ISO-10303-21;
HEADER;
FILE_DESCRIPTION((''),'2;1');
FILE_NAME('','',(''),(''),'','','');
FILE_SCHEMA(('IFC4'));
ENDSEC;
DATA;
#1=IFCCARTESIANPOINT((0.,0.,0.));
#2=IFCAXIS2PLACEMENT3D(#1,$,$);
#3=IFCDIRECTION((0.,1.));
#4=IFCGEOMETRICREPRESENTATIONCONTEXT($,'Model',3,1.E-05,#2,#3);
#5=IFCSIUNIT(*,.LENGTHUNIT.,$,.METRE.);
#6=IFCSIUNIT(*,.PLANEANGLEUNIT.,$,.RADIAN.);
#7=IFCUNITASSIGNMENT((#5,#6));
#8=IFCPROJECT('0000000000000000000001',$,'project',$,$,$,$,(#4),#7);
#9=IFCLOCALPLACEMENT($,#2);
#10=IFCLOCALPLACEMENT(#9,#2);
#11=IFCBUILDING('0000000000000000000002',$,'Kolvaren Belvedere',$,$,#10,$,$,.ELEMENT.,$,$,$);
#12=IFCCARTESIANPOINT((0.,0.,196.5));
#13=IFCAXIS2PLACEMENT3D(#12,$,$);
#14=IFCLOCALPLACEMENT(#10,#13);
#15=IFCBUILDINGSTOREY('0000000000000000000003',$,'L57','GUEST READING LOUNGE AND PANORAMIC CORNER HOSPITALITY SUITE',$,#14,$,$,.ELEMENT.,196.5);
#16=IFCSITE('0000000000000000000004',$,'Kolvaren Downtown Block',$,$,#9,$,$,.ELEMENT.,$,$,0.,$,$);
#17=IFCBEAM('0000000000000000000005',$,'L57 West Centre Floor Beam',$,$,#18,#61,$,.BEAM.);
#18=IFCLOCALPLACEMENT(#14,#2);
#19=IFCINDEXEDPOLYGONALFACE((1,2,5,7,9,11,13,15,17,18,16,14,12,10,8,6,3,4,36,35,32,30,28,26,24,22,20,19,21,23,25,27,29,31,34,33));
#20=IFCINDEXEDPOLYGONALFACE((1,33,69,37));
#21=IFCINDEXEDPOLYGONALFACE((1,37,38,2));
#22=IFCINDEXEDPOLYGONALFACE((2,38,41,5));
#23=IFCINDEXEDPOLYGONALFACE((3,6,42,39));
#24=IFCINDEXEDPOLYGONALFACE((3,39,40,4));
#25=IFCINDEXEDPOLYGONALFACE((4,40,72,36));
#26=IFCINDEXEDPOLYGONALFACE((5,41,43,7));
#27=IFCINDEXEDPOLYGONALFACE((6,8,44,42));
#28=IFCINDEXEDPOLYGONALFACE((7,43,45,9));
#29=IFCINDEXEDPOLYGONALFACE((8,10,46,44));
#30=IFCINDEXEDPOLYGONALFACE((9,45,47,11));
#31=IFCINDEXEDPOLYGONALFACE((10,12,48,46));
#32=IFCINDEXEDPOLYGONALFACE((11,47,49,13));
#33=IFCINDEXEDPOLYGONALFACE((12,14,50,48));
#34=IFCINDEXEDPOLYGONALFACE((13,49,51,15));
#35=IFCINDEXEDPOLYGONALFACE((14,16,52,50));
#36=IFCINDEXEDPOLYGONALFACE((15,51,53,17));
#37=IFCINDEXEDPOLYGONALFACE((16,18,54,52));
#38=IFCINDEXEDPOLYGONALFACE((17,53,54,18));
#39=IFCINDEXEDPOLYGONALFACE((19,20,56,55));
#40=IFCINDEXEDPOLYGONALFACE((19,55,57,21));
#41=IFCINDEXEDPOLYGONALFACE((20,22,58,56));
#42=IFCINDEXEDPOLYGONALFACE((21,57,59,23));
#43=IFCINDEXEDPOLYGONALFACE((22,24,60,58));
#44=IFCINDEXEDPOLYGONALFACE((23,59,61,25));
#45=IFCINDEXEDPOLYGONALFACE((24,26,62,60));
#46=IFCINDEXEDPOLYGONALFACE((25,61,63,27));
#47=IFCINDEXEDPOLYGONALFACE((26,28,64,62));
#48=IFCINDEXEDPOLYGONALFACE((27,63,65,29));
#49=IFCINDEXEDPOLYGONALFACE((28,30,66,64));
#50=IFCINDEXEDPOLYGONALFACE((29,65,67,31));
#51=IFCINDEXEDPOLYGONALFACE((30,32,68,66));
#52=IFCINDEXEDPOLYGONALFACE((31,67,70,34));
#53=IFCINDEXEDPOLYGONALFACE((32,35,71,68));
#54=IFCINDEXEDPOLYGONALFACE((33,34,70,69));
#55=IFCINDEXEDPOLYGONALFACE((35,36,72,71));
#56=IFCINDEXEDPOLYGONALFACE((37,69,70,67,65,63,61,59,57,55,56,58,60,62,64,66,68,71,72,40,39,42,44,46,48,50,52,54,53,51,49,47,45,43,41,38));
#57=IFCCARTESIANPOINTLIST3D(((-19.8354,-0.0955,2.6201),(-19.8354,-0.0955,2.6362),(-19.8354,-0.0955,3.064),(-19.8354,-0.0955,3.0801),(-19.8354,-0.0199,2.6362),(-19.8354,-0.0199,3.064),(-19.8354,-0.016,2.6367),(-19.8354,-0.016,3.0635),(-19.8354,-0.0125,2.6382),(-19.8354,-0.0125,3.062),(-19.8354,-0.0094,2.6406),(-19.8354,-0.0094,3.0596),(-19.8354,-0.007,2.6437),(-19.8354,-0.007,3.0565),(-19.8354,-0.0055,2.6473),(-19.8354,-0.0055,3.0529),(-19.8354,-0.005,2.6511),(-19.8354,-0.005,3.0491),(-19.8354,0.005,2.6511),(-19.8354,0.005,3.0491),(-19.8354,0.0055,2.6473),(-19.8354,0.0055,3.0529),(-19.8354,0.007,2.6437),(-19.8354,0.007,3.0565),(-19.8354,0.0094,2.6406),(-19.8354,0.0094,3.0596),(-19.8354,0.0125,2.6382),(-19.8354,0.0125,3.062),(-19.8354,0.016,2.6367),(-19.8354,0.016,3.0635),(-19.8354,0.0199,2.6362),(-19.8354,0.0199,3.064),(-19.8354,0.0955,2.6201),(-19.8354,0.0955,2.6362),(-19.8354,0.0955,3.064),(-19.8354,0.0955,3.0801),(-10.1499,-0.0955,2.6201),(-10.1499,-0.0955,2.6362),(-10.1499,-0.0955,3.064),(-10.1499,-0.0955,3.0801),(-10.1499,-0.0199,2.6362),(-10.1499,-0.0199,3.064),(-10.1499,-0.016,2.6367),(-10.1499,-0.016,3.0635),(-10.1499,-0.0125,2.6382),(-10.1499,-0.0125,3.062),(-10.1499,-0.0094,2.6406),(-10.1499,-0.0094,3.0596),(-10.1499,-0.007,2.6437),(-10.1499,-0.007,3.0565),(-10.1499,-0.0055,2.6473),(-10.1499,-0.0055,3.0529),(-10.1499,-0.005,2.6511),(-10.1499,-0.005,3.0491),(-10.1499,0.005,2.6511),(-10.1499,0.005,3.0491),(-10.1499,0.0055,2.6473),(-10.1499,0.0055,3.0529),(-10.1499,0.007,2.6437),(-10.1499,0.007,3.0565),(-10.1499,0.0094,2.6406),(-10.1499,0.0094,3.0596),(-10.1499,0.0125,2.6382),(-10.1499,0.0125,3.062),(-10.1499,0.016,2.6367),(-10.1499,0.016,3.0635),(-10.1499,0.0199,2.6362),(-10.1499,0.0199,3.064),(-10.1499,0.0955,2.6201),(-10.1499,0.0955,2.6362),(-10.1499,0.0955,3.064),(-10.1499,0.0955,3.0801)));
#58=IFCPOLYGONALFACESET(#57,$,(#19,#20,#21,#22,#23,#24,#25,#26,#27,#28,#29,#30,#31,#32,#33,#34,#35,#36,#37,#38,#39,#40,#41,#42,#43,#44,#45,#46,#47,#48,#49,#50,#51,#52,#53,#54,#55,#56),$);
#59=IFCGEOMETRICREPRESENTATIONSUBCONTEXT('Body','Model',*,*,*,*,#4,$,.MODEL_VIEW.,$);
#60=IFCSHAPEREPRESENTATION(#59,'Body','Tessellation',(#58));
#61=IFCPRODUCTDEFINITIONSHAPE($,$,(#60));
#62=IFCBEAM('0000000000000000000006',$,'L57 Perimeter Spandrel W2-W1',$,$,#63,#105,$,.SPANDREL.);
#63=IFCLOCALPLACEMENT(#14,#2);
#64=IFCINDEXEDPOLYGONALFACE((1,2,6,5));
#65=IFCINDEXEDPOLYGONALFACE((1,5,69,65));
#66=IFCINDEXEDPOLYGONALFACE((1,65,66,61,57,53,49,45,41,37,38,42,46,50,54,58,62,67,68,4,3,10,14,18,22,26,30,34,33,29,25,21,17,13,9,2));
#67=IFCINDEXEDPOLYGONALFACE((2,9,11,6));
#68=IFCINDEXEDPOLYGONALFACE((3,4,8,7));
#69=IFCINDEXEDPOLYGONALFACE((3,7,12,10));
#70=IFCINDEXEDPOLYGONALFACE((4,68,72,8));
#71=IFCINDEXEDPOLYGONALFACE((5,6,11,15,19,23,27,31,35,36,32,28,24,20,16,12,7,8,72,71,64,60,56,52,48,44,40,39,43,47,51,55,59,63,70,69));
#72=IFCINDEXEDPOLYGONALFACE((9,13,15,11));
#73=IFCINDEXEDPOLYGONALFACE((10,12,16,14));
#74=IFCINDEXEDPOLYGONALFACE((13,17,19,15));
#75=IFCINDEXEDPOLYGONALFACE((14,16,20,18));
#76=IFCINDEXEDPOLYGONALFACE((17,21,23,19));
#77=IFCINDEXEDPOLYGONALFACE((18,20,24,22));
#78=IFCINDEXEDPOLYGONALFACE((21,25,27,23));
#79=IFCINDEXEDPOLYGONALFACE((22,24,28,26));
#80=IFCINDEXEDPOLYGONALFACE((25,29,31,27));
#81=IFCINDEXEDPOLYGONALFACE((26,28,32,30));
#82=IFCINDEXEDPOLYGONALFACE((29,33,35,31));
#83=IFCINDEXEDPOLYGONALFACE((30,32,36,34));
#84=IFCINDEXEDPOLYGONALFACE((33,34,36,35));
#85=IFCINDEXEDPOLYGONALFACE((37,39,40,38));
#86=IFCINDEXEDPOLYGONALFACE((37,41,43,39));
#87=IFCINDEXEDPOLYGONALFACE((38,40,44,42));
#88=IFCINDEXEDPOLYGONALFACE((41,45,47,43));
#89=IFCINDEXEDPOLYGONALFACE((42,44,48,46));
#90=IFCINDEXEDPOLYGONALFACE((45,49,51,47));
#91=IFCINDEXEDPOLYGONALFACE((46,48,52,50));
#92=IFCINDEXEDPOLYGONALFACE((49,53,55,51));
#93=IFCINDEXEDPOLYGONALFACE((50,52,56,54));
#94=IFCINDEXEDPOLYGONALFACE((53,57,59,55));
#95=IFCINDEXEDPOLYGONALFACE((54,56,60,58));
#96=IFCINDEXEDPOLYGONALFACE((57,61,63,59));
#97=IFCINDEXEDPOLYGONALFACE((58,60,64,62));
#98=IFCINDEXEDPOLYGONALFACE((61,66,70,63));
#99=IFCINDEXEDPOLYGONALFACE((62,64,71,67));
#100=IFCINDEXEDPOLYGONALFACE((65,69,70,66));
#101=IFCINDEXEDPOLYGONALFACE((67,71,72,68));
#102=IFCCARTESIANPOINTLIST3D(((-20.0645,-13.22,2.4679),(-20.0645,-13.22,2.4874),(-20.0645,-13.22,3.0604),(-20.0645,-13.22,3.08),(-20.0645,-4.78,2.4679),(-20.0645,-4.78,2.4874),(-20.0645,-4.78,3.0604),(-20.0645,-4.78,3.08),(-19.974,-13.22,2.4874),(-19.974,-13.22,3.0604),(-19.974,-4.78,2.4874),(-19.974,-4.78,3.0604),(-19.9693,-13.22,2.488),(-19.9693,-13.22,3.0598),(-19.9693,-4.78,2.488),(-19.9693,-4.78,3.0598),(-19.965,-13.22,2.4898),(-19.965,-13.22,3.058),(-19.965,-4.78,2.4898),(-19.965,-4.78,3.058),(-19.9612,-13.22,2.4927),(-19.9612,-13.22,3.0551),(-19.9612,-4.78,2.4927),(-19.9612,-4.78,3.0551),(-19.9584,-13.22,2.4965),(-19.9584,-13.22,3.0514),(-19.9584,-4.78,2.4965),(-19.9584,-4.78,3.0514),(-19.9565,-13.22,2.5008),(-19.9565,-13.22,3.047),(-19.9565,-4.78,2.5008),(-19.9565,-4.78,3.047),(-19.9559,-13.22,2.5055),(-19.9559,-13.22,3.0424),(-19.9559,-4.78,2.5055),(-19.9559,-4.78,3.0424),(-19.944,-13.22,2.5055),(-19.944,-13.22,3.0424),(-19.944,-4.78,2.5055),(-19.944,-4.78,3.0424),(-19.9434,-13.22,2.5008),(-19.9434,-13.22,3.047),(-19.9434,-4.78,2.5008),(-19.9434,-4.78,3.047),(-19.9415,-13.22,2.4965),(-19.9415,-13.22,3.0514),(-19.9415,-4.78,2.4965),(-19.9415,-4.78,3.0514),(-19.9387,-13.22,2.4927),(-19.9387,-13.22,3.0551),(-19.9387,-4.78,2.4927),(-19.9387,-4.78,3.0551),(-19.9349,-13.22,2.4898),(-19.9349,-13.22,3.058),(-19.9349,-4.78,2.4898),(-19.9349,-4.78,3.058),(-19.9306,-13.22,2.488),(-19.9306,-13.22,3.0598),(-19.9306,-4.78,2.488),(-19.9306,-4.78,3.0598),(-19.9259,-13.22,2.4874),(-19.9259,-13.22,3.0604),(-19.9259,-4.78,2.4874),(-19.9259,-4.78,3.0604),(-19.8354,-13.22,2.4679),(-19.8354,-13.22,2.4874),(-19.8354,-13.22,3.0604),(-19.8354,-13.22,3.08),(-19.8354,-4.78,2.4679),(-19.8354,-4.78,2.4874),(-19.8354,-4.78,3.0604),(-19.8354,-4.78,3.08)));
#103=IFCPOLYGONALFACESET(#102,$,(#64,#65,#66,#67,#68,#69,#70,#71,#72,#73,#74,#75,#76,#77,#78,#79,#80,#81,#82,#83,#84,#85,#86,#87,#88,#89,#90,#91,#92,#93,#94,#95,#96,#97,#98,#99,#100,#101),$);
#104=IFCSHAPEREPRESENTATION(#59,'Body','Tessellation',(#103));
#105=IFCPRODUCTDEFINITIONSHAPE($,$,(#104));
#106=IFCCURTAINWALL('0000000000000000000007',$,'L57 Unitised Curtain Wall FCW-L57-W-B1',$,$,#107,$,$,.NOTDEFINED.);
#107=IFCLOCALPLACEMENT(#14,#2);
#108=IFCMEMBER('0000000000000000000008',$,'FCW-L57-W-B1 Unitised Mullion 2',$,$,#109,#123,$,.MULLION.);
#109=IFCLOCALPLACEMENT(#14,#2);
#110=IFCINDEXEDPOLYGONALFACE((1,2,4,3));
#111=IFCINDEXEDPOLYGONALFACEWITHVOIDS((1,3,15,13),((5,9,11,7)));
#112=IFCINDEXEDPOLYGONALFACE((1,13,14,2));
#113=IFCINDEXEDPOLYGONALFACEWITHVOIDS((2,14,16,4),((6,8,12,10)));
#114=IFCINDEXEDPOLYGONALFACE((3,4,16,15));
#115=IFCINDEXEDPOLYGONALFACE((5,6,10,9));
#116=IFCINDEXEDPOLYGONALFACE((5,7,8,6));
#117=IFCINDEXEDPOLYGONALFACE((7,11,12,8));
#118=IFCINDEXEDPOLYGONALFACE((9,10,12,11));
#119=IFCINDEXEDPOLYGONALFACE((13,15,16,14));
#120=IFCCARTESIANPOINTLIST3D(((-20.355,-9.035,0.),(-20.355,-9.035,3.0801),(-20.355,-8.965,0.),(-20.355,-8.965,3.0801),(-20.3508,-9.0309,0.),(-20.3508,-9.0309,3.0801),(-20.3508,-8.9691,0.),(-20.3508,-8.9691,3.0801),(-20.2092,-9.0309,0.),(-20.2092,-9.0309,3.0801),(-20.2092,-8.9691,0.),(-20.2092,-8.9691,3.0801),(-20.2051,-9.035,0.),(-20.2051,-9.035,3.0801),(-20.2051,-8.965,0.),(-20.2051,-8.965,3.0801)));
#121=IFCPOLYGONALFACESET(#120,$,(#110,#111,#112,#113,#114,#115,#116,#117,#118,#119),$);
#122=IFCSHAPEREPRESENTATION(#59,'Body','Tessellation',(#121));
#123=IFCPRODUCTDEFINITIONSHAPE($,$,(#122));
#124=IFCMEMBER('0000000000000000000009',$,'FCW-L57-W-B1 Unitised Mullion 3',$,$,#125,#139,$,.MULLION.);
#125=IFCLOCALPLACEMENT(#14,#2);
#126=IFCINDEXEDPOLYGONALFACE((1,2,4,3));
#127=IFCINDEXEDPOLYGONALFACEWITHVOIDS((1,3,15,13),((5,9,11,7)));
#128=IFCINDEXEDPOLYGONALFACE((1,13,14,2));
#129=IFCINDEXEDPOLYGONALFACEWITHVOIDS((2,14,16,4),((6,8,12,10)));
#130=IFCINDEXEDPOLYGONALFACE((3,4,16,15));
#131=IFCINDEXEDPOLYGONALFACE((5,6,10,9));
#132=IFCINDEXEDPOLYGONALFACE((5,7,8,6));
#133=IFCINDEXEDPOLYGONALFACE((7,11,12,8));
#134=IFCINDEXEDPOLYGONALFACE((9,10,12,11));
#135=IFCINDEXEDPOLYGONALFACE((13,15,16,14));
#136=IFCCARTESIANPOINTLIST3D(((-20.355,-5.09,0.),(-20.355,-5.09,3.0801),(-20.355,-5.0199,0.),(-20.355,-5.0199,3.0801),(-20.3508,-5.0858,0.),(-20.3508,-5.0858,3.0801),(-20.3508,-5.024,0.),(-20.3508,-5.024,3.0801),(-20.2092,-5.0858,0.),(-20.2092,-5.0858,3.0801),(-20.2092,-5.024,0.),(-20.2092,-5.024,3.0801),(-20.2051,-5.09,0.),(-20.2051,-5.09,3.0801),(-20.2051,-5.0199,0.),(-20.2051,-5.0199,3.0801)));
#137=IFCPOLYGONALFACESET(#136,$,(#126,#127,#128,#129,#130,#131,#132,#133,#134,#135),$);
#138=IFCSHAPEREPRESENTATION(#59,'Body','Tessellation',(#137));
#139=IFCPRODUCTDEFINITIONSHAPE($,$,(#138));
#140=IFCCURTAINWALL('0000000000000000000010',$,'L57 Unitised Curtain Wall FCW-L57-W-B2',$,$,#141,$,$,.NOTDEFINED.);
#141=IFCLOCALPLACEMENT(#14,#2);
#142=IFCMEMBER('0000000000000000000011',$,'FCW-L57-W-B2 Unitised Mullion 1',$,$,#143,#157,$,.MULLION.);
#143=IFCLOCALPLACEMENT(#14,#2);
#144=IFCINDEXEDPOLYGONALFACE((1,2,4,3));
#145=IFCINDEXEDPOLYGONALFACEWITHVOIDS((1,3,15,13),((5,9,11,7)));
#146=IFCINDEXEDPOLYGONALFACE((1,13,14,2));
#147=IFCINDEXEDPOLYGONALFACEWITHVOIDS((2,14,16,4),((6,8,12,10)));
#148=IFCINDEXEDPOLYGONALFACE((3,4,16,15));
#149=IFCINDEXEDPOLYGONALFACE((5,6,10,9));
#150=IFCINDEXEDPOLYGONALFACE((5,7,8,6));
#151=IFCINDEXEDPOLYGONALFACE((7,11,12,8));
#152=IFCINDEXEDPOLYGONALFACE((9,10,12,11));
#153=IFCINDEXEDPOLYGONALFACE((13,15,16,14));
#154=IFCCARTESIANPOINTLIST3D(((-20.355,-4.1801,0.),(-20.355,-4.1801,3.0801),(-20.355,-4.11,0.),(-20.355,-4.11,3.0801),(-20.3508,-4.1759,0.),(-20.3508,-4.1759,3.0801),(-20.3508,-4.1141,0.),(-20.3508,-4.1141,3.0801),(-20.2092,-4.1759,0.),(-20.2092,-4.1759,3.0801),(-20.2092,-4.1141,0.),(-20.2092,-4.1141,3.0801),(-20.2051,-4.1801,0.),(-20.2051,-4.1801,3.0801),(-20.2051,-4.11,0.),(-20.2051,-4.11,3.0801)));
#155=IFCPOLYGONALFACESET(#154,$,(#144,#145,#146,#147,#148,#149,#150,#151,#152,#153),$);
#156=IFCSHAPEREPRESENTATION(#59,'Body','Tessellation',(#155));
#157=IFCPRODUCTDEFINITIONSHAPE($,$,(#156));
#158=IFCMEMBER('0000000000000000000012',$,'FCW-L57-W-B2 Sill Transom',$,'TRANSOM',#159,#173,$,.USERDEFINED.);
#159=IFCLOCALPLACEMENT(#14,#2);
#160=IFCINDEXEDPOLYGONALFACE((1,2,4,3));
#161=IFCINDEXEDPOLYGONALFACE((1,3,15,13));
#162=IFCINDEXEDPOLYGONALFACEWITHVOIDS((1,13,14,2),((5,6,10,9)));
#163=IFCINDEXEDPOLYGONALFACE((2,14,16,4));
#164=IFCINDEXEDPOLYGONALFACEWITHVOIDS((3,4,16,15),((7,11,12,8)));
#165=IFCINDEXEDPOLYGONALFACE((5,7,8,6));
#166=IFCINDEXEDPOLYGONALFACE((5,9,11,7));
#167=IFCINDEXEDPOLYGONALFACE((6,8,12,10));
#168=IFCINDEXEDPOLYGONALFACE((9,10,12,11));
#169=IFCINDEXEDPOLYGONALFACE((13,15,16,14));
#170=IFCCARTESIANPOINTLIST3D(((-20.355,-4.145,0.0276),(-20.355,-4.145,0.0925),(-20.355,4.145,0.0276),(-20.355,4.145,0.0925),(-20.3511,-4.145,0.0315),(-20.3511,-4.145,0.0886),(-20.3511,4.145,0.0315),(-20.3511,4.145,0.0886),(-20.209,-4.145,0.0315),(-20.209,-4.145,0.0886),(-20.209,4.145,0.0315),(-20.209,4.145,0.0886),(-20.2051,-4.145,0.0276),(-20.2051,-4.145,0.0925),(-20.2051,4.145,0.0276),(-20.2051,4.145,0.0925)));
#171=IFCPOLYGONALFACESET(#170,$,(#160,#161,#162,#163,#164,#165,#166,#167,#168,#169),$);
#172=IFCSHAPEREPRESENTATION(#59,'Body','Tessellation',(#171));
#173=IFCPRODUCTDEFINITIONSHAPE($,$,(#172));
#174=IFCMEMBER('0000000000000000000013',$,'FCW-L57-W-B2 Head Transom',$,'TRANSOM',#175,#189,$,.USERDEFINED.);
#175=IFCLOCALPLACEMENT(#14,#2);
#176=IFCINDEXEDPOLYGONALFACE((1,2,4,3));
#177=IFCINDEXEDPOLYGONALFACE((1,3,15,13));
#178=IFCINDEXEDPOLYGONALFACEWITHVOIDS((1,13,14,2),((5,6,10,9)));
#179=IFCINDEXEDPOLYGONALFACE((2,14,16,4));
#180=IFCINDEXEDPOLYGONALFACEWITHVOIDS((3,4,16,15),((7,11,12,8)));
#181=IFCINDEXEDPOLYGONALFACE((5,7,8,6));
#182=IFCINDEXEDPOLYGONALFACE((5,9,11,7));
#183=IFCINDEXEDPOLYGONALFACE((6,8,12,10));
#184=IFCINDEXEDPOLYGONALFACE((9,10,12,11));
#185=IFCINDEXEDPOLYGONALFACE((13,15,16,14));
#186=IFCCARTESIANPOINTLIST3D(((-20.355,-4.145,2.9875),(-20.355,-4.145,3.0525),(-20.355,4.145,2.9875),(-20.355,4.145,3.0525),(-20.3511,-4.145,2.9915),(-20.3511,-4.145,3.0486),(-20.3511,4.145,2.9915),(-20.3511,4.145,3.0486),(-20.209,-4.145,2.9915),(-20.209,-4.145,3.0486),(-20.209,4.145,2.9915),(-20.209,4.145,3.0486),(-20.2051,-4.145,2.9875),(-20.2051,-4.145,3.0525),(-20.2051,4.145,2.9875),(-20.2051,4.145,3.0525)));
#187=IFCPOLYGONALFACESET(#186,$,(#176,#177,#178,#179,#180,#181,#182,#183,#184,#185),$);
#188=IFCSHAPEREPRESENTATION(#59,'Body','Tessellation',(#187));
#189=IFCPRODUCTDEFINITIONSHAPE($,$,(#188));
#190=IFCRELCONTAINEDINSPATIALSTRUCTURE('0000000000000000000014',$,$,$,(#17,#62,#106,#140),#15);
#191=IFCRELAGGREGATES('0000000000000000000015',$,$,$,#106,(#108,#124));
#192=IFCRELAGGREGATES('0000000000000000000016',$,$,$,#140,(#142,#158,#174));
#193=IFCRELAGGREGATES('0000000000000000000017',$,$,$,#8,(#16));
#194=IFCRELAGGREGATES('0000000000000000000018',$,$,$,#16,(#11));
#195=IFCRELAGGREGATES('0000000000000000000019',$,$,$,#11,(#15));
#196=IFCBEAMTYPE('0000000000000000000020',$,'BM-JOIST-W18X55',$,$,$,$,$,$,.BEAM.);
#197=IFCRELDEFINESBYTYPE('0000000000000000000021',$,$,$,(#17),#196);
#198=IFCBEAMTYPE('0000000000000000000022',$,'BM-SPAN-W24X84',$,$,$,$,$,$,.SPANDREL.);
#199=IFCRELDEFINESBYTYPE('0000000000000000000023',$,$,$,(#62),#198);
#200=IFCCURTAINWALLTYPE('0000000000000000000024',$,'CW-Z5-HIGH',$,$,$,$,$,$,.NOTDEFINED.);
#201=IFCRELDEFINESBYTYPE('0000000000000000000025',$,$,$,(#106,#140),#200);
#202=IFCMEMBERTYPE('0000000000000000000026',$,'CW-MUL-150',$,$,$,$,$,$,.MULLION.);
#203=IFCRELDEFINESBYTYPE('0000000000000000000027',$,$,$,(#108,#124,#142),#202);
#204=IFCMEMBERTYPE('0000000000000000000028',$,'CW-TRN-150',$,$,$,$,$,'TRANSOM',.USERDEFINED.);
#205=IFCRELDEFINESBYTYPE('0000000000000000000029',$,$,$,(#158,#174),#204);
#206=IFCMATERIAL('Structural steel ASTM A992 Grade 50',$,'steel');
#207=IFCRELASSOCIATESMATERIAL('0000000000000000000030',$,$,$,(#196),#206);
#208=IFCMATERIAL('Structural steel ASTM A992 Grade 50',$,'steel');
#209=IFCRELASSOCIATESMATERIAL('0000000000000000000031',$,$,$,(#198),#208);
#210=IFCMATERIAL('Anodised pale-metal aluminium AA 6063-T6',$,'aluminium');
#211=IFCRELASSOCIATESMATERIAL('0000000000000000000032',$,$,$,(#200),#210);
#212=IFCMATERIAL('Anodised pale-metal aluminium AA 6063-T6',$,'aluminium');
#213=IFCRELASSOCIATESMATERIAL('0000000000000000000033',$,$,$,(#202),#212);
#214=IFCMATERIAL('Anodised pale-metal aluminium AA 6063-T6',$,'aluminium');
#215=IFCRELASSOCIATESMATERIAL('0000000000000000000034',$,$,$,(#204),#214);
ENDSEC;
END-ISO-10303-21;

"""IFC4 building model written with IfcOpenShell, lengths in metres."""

from ifc_helpers import new_model, si_unit, direction, frame, origin, origin_2d, place, context, subcontext, project, spatial, hollow_rectangle, i_section, extrude, material, material_profile, profile_set, type_object, element, aggregate, save


model = new_model("IFC4")

# Units and contexts
model_context = context("Model", 3, precision=1e-05, world=origin(), true_north=direction((0.0, 1.0)))
body_context = subcontext(model_context, "Body", "Model", "MODEL_VIEW")
ifc_project = project(units=[si_unit("LENGTHUNIT", "METRE"), si_unit("PLANEANGLEUNIT", "RADIAN")], contexts=[model_context])

# Site, building, storey
site_placement = place(None, origin())
site = spatial("IfcSite", under=ifc_project, at=site_placement, Name="Kolvaren Downtown Block", CompositionType="ELEMENT", RefElevation=0.0)
building_placement = place(site_placement, origin())
building = spatial("IfcBuilding", under=site, at=building_placement, Name="Kolvaren Belvedere", CompositionType="ELEMENT")
storey_placement = place(building_placement, frame((0.0, 0.0, 196.5)))
storey = spatial("IfcBuildingStorey", under=building, at=storey_placement, Name="L57", Description="GUEST READING LOUNGE AND PANORAMIC CORNER HOSPITALITY SUITE", CompositionType="ELEMENT", Elevation=196.5)

# Beams
ifc_material_1 = material(Name="Structural steel ASTM A992 Grade 50", Category="steel")
ifc_material_profile_1 = material_profile(ifc_material_1, i_section(OverallWidth=0.1909, OverallDepth=0.46, WebThickness=0.01, FlangeThickness=0.0161, FilletRadius=0.0149, at=origin_2d()), Name="W18X55")
ifc_profile_set_1 = profile_set([ifc_material_profile_1], Name="Structural steel ASTM A992 Grade 50")
beam_type_1 = type_object("IfcBeamType", Name="BM-JOIST-W18X55", PredefinedType="BEAM", material=ifc_profile_set_1)
beam_1_placement = place(storey_placement, frame((-10.1499, 0.0, 2.8501), z_axis=(-1.0, 0.0, 0.0), x_axis=(0.0, -1.0, 0.0)))
element("IfcBeam", 1, at=beam_1_placement, inside=storey, type_object=beam_type_1, Name="L57 West Centre Floor Beam", PredefinedType="BEAM", context=body_context, shape_type="SweptSolid", body=[
    extrude(i_section(OverallWidth=0.1909, OverallDepth=0.46, WebThickness=0.01, FlangeThickness=0.0161, FilletRadius=0.0149, at=origin_2d()), origin(), (0.0, 0.0, 1.0), 9.6855),
])
ifc_material_2 = material(Name="Structural steel ASTM A992 Grade 50", Category="steel")
ifc_material_profile_2 = material_profile(ifc_material_2, i_section(OverallWidth=0.229, OverallDepth=0.6121, WebThickness=0.012, FlangeThickness=0.0195, FilletRadius=0.0181, at=origin_2d()), Name="W24X84")
ifc_profile_set_2 = profile_set([ifc_material_profile_2], Name="Structural steel ASTM A992 Grade 50")
beam_type_2 = type_object("IfcBeamType", Name="BM-SPAN-W24X84", PredefinedType="SPANDREL", material=ifc_profile_set_2)
beam_2_placement = place(storey_placement, frame((-19.95, -4.78, 2.7739), z_axis=(0.0, -1.0, 0.0), x_axis=(1.0, 0.0, 0.0)))
element("IfcBeam", 2, at=beam_2_placement, inside=storey, type_object=beam_type_2, Name="L57 Perimeter Spandrel W2-W1", PredefinedType="SPANDREL", context=body_context, shape_type="SweptSolid", body=[
    extrude(i_section(OverallWidth=0.229, OverallDepth=0.6121, WebThickness=0.012, FlangeThickness=0.0195, FilletRadius=0.0181, at=origin_2d()), origin(), (0.0, 0.0, 1.0), 8.4399),
])

# Curtain walls, members
ifc_material_3 = material(Name="Anodised pale-metal aluminium AA 6063-T6", Category="aluminium")
curtain_wall_type = type_object("IfcCurtainWallType", Name="CW-Z5-HIGH", PredefinedType="NOTDEFINED", material=ifc_material_3)
curtain_wall_1_placement = place(storey_placement, origin())
curtain_wall_1 = element("IfcCurtainWall", 3, at=curtain_wall_1_placement, inside=storey, type_object=curtain_wall_type, Name="L57 Unitised Curtain Wall FCW-L57-W-B1", PredefinedType="NOTDEFINED")
ifc_material_4 = material(Name="Anodised pale-metal aluminium AA 6063-T6", Category="aluminium")
ifc_material_profile_3 = material_profile(ifc_material_4, hollow_rectangle(XDim=0.0701, YDim=0.1499, WallThickness=0.0042, at=origin_2d()), Name="ALU-MUL-150X70")
ifc_profile_set_3 = profile_set([ifc_material_profile_3], Name="Anodised pale-metal aluminium AA 6063-T6")
member_type_1 = type_object("IfcMemberType", Name="CW-MUL-150", PredefinedType="MULLION", material=ifc_profile_set_3)
member_1_placement = place(storey_placement, frame((-20.28, -9.0, 0.0), z_axis=(0.0, 0.0, 1.0), x_axis=(0.0, 1.0, 0.0)))
member_1 = element("IfcMember", 4, at=member_1_placement, type_object=member_type_1, Name="FCW-L57-W-B1 Unitised Mullion 2", PredefinedType="MULLION", context=body_context, shape_type="SweptSolid", body=[
    extrude(hollow_rectangle(XDim=0.0701, YDim=0.1499, WallThickness=0.0042, at=origin_2d()), origin(), (0.0, 0.0, 1.0), 3.0801),
])
member_2_placement = place(storey_placement, frame((-20.28, -5.0549, 0.0), z_axis=(0.0, 0.0, 1.0), x_axis=(0.0, 1.0, 0.0)))
member_2 = element("IfcMember", 5, at=member_2_placement, type_object=member_type_1, Name="FCW-L57-W-B1 Unitised Mullion 3", PredefinedType="MULLION", context=body_context, shape_type="SweptSolid", body=[
    extrude(hollow_rectangle(XDim=0.0701, YDim=0.1499, WallThickness=0.0042, at=origin_2d()), origin(), (0.0, 0.0, 1.0), 3.0801),
])
curtain_wall_2_placement = place(storey_placement, origin())
curtain_wall_2 = element("IfcCurtainWall", 6, at=curtain_wall_2_placement, inside=storey, type_object=curtain_wall_type, Name="L57 Unitised Curtain Wall FCW-L57-W-B2", PredefinedType="NOTDEFINED")
member_3_placement = place(storey_placement, frame((-20.28, -4.145, 0.0), z_axis=(0.0, 0.0, 1.0), x_axis=(0.0, 1.0, 0.0)))
member_3 = element("IfcMember", 7, at=member_3_placement, type_object=member_type_1, Name="FCW-L57-W-B2 Unitised Mullion 1", PredefinedType="MULLION", context=body_context, shape_type="SweptSolid", body=[
    extrude(hollow_rectangle(XDim=0.0701, YDim=0.1499, WallThickness=0.0042, at=origin_2d()), origin(), (0.0, 0.0, 1.0), 3.0801),
])
ifc_material_5 = material(Name="Anodised pale-metal aluminium AA 6063-T6", Category="aluminium")
ifc_material_profile_4 = material_profile(ifc_material_5, hollow_rectangle(XDim=0.0649, YDim=0.1499, WallThickness=0.0039, at=origin_2d()), Name="ALU-TRN-150X65")
ifc_profile_set_4 = profile_set([ifc_material_profile_4], Name="Anodised pale-metal aluminium AA 6063-T6")
member_type_2 = type_object("IfcMemberType", Name="CW-TRN-150", ElementType="TRANSOM", PredefinedType="USERDEFINED", material=ifc_profile_set_4)
member_4_placement = place(storey_placement, frame((-20.28, -4.145, 0.0601), z_axis=(0.0, 1.0, 0.0), x_axis=(0.0, 0.0, 1.0)))
member_4 = element("IfcMember", 8, at=member_4_placement, type_object=member_type_2, Name="FCW-L57-W-B2 Sill Transom", ObjectType="TRANSOM", PredefinedType="USERDEFINED", context=body_context, shape_type="SweptSolid", body=[
    extrude(hollow_rectangle(XDim=0.0649, YDim=0.1499, WallThickness=0.0039, at=origin_2d()), origin(), (0.0, 0.0, 1.0), 8.29),
])
member_5_placement = place(storey_placement, frame((-20.28, -4.145, 3.02), z_axis=(0.0, 1.0, 0.0), x_axis=(0.0, 0.0, 1.0)))
member_5 = element("IfcMember", 9, at=member_5_placement, type_object=member_type_2, Name="FCW-L57-W-B2 Head Transom", ObjectType="TRANSOM", PredefinedType="USERDEFINED", context=body_context, shape_type="SweptSolid", body=[
    extrude(hollow_rectangle(XDim=0.0649, YDim=0.1499, WallThickness=0.0039, at=origin_2d()), origin(), (0.0, 0.0, 1.0), 8.29),
])

aggregate(curtain_wall_1, [member_1, member_2])
aggregate(curtain_wall_2, [member_3, member_4, member_5])

save(model, "model.ifc")
